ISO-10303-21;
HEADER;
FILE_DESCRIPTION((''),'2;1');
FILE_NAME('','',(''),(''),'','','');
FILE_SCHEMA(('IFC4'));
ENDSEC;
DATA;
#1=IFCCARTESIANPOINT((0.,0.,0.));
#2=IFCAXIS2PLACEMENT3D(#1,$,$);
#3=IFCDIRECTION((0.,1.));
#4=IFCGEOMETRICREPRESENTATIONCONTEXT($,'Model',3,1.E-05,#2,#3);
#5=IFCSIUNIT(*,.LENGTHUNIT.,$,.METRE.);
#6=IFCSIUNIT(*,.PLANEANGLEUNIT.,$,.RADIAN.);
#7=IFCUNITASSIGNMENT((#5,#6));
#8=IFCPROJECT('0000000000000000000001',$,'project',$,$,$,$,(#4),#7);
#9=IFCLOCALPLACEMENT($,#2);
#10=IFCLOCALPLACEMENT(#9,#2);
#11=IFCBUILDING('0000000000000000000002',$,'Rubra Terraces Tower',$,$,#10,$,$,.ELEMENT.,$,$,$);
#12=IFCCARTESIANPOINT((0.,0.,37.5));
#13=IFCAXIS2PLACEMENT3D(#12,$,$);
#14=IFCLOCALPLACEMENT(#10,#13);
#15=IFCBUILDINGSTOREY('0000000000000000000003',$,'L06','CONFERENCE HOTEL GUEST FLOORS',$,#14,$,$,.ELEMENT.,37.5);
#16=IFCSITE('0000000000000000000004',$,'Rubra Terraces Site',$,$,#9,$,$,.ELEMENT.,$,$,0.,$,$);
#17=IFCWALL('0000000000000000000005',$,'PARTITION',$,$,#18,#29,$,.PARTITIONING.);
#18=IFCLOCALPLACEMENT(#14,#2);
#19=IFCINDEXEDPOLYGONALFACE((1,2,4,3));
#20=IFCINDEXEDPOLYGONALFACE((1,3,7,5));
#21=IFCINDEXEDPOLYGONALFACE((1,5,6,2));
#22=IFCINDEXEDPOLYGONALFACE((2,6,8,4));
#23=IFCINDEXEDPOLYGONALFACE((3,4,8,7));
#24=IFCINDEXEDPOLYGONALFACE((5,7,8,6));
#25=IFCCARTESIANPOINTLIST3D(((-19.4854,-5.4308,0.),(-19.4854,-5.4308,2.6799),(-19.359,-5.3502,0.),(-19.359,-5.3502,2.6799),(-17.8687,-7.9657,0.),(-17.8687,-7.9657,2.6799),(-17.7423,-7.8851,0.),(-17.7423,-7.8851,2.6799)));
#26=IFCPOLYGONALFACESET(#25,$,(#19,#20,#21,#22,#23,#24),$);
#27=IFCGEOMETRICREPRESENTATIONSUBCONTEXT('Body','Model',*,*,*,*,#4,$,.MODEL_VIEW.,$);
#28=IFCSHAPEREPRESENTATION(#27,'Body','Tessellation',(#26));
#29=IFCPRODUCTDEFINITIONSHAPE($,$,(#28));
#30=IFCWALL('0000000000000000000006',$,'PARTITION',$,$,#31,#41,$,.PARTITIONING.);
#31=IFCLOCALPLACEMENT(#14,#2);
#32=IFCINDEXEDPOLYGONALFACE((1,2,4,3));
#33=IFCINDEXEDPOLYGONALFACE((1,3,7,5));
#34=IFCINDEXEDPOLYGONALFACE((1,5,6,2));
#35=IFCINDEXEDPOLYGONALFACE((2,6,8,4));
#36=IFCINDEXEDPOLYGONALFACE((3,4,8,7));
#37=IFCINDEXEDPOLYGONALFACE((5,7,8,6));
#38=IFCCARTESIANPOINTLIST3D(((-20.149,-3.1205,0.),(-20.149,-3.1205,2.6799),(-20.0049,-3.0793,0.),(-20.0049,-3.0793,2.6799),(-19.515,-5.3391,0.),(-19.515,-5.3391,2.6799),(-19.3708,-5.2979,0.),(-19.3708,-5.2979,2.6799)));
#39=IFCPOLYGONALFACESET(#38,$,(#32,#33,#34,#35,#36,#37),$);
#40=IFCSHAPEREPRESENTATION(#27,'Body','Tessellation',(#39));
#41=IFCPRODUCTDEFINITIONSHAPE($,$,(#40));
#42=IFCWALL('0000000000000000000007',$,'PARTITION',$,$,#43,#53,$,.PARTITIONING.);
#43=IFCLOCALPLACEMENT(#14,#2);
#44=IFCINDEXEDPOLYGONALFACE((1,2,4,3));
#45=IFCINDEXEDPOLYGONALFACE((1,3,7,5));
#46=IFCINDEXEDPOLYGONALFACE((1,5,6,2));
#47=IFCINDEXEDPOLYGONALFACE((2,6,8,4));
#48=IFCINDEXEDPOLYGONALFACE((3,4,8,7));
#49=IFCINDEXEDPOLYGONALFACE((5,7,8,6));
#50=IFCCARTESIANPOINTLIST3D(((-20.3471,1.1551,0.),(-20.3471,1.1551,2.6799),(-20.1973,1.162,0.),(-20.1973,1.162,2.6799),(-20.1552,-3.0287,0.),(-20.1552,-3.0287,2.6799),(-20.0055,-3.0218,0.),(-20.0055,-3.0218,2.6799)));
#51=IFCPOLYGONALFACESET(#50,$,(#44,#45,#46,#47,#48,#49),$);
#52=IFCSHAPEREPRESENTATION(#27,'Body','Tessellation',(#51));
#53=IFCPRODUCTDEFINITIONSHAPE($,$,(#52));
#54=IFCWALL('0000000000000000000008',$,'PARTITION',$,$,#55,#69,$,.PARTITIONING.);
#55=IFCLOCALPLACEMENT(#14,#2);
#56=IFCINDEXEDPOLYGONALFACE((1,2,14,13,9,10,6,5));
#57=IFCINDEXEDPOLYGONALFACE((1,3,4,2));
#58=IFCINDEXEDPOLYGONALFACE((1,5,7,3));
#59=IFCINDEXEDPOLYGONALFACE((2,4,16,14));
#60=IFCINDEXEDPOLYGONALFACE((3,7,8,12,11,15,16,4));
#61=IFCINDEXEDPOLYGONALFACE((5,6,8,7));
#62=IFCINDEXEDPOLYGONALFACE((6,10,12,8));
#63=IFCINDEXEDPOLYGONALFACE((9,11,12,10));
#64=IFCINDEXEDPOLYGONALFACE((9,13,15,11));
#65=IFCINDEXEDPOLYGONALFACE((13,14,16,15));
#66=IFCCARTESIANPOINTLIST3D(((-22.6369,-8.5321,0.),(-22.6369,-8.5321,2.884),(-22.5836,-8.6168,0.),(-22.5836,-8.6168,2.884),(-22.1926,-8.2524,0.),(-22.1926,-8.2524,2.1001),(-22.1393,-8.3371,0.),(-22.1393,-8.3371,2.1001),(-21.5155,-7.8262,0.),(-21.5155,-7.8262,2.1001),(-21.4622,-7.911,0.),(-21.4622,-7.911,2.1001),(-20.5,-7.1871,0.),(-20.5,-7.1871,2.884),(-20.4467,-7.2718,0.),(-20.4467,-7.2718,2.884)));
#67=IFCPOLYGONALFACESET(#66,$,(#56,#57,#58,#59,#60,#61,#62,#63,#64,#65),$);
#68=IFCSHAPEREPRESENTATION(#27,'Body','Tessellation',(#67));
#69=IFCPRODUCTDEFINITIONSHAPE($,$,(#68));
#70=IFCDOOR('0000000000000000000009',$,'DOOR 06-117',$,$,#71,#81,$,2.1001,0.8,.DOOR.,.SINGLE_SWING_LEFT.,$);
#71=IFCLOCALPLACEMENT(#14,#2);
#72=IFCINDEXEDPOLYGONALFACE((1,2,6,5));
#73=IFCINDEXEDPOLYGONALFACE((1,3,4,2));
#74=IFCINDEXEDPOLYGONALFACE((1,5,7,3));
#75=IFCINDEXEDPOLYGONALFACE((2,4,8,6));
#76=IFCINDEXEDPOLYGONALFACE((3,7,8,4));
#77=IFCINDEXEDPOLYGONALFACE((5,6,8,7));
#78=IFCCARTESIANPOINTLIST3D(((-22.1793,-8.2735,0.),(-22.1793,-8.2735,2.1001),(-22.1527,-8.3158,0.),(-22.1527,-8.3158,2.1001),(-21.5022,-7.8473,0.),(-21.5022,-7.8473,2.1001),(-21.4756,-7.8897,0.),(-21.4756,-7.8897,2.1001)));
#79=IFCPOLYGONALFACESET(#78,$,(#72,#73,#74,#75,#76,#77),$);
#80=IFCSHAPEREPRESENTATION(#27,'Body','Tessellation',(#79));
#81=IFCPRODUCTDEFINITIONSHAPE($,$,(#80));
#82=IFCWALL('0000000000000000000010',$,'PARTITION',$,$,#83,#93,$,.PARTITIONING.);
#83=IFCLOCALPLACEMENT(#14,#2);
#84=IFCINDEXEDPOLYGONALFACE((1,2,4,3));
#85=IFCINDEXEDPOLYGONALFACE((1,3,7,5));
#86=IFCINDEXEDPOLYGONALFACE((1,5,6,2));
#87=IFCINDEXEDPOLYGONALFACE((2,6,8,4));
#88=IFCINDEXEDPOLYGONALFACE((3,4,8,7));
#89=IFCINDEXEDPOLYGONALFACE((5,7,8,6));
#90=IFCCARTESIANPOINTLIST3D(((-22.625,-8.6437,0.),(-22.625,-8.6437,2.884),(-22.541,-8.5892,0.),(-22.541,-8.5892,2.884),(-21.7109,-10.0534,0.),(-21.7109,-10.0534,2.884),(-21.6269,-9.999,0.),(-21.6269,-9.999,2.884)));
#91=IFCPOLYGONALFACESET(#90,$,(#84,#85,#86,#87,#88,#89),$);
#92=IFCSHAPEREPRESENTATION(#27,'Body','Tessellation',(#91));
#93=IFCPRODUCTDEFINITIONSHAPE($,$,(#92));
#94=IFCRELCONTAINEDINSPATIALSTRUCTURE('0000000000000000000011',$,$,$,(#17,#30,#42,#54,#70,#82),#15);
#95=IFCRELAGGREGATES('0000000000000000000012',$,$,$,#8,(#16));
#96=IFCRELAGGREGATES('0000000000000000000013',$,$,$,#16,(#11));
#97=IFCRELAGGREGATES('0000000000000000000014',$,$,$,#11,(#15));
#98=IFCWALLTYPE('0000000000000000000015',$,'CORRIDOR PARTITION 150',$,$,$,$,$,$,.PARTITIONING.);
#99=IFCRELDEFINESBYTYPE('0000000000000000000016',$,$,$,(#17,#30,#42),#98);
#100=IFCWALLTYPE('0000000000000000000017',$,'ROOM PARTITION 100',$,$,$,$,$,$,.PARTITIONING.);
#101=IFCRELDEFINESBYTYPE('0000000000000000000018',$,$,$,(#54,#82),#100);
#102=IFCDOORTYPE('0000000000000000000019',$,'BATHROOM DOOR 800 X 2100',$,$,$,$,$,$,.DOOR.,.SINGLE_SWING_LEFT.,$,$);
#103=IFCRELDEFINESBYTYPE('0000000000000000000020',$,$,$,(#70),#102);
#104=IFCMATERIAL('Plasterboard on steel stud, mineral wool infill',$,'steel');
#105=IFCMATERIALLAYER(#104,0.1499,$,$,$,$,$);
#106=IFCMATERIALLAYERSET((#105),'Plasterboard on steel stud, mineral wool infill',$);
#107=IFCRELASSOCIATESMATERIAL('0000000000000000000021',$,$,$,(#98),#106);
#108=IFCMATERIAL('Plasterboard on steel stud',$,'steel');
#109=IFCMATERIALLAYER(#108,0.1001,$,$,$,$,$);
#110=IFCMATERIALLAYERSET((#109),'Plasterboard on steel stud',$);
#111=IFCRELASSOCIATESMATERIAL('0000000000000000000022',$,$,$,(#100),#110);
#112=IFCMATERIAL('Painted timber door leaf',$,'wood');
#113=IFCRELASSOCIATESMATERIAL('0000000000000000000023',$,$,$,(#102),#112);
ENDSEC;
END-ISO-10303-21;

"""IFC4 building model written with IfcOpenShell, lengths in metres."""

from ifc_helpers import new_model, si_unit, direction, frame, frame_2d, origin, place, context, subcontext, project, spatial, rectangle, extrude, material, layer, layer_set, type_object, element, fill, save


model = new_model("IFC4")

# Units and contexts
model_context = context("Model", 3, precision=1e-05, world=origin(), true_north=direction((0.0, 1.0)))
body_context = subcontext(model_context, "Body", "Model", "MODEL_VIEW")
ifc_project = project(units=[si_unit("LENGTHUNIT", "METRE"), si_unit("PLANEANGLEUNIT", "RADIAN")], contexts=[model_context])

# Site, building, storey
site_placement = place(None, origin())
site = spatial("IfcSite", under=ifc_project, at=site_placement, Name="Rubra Terraces Site", CompositionType="ELEMENT", RefElevation=0.0)
building_placement = place(site_placement, origin())
building = spatial("IfcBuilding", under=site, at=building_placement, Name="Rubra Terraces Tower", CompositionType="ELEMENT")
storey_placement = place(building_placement, frame((0.0, 0.0, 37.5)))
storey = spatial("IfcBuildingStorey", under=building, at=storey_placement, Name="L06", Description="CONFERENCE HOTEL GUEST FLOORS", CompositionType="ELEMENT", Elevation=37.5)

# Shared definitions
ifc_material_1 = material(Name="Plasterboard on steel stud, mineral wool infill", Category="steel")
ifc_layer_1 = layer(ifc_material_1, 0.1499)
ifc_layer_set_1 = layer_set([ifc_layer_1], Name="Plasterboard on steel stud, mineral wool infill")
wall_type_1 = type_object("IfcWallType", Name="CORRIDOR PARTITION 150", PredefinedType="PARTITIONING", material=ifc_layer_set_1)

# Shared definitions
ifc_material_2 = material(Name="Painted timber door leaf", Category="wood")

# Walls
wall_1_placement = place(storey_placement, frame((-17.8054, -7.9255, 0.0), z_axis=(0.0, 0.0, 1.0), x_axis=(-0.537721, 0.843123, 0.0)))
element("IfcWall", 1, at=wall_1_placement, inside=storey, type_object=wall_type_1, Name="PARTITION", PredefinedType="PARTITIONING", context=body_context, shape_type="SweptSolid", body=[
    extrude(rectangle(XDim=3.0066, YDim=0.1499, at=frame_2d((1.5034, 0.0))), origin(), (0.0, 0.0, 1.0), 2.6799),
])
wall_2_placement = place(storey_placement, frame((-19.4429, -5.3186, 0.0), z_axis=(0.0, 0.0, 1.0), x_axis=(-0.274791, 0.961504, 0.0)))
element("IfcWall", 2, at=wall_2_placement, inside=storey, type_object=wall_type_1, Name="PARTITION", PredefinedType="PARTITIONING", context=body_context, shape_type="SweptSolid", body=[
    extrude(rectangle(XDim=2.3074, YDim=0.1499, at=frame_2d((1.1538, 0.0))), origin(), (0.0, 0.0, 1.0), 2.6799),
])
wall_3_placement = place(storey_placement, frame((-20.0803, -3.0254, 0.0), z_axis=(0.0, 0.0, 1.0), x_axis=(-0.045818, 0.99895, 0.0)))
element("IfcWall", 3, at=wall_3_placement, inside=storey, type_object=wall_type_1, Name="PARTITION", PredefinedType="PARTITIONING", context=body_context, shape_type="SweptSolid", body=[
    extrude(rectangle(XDim=4.1882, YDim=0.1499, at=frame_2d((2.0942, 0.0))), origin(), (0.0, 0.0, 1.0), 2.6799),
])

# Wall, opening, door
ifc_material_3 = material(Name="Plasterboard on steel stud", Category="steel")
ifc_layer_2 = layer(ifc_material_3, 0.1001)
ifc_layer_set_2 = layer_set([ifc_layer_2], Name="Plasterboard on steel stud")
wall_type_2 = type_object("IfcWallType", Name="ROOM PARTITION 100", PredefinedType="PARTITIONING", material=ifc_layer_set_2)
wall_4_placement = place(storey_placement, frame((-20.4734, -7.2295, 0.0), z_axis=(0.0, 0.0, 1.0), x_axis=(-0.846326, -0.532665, 0.0)))
wall_4 = element("IfcWall", 4, at=wall_4_placement, inside=storey, type_object=wall_type_2, Name="PARTITION", PredefinedType="PARTITIONING", context=body_context, shape_type="SweptSolid", body=[
    extrude(rectangle(XDim=2.5249, YDim=0.1001, at=frame_2d((1.2625, 0.0))), origin(), (0.0, 0.0, 1.0), 2.884),
])
opening_1_placement = place(wall_4_placement, frame((1.2, 0.0, 0.0)))
opening_1 = element("IfcOpeningElement", 5, at=opening_1_placement, cuts=wall_4, PredefinedType="OPENING", context=body_context, shape_type="SweptSolid", body=[
    extrude(rectangle(XDim=0.8, YDim=2.1001, at=frame_2d((0.3999, 1.05))), frame((0.0, 0.0601, 0.0), z_axis=(0.0, -1.0, 0.0), x_axis=(1.0, 0.0, 0.0)), (0.0, 0.0, 1.0), 0.1201),
])
door_type_1 = type_object("IfcDoorType", Name="BATHROOM DOOR 800 X 2100", OperationType="SINGLE_SWING_LEFT", PredefinedType="DOOR", material=ifc_material_2)
door_1_placement = place(opening_1_placement, origin())
door_1 = element("IfcDoor", 6, at=door_1_placement, inside=storey, type_object=door_type_1, Name="DOOR 06-117", OperationType="SINGLE_SWING_LEFT", OverallHeight=2.1001, OverallWidth=0.8, PredefinedType="DOOR", context=body_context, shape_type="SweptSolid", body=[
    extrude(rectangle(XDim=0.8, YDim=2.1001, at=frame_2d((0.3999, 1.05))), frame((0.0, 0.0249, 0.0), z_axis=(0.0, -1.0, 0.0), x_axis=(1.0, 0.0, 0.0)), (0.0, 0.0, 1.0), 0.05),
])
fill(opening_1, door_1)

# Wall
wall_5_placement = place(storey_placement, frame((-22.583, -8.6165, 0.0), z_axis=(0.0, 0.0, 1.0), x_axis=(0.544058, -0.839047, 0.0)))
element("IfcWall", 7, at=wall_5_placement, inside=storey, type_object=wall_type_2, Name="PARTITION", PredefinedType="PARTITIONING", context=body_context, shape_type="SweptSolid", body=[
    extrude(rectangle(XDim=1.6802, YDim=0.1001, at=frame_2d((0.8401, 0.0))), origin(), (0.0, 0.0, 1.0), 2.884),
])

save(model, "model.ifc")
